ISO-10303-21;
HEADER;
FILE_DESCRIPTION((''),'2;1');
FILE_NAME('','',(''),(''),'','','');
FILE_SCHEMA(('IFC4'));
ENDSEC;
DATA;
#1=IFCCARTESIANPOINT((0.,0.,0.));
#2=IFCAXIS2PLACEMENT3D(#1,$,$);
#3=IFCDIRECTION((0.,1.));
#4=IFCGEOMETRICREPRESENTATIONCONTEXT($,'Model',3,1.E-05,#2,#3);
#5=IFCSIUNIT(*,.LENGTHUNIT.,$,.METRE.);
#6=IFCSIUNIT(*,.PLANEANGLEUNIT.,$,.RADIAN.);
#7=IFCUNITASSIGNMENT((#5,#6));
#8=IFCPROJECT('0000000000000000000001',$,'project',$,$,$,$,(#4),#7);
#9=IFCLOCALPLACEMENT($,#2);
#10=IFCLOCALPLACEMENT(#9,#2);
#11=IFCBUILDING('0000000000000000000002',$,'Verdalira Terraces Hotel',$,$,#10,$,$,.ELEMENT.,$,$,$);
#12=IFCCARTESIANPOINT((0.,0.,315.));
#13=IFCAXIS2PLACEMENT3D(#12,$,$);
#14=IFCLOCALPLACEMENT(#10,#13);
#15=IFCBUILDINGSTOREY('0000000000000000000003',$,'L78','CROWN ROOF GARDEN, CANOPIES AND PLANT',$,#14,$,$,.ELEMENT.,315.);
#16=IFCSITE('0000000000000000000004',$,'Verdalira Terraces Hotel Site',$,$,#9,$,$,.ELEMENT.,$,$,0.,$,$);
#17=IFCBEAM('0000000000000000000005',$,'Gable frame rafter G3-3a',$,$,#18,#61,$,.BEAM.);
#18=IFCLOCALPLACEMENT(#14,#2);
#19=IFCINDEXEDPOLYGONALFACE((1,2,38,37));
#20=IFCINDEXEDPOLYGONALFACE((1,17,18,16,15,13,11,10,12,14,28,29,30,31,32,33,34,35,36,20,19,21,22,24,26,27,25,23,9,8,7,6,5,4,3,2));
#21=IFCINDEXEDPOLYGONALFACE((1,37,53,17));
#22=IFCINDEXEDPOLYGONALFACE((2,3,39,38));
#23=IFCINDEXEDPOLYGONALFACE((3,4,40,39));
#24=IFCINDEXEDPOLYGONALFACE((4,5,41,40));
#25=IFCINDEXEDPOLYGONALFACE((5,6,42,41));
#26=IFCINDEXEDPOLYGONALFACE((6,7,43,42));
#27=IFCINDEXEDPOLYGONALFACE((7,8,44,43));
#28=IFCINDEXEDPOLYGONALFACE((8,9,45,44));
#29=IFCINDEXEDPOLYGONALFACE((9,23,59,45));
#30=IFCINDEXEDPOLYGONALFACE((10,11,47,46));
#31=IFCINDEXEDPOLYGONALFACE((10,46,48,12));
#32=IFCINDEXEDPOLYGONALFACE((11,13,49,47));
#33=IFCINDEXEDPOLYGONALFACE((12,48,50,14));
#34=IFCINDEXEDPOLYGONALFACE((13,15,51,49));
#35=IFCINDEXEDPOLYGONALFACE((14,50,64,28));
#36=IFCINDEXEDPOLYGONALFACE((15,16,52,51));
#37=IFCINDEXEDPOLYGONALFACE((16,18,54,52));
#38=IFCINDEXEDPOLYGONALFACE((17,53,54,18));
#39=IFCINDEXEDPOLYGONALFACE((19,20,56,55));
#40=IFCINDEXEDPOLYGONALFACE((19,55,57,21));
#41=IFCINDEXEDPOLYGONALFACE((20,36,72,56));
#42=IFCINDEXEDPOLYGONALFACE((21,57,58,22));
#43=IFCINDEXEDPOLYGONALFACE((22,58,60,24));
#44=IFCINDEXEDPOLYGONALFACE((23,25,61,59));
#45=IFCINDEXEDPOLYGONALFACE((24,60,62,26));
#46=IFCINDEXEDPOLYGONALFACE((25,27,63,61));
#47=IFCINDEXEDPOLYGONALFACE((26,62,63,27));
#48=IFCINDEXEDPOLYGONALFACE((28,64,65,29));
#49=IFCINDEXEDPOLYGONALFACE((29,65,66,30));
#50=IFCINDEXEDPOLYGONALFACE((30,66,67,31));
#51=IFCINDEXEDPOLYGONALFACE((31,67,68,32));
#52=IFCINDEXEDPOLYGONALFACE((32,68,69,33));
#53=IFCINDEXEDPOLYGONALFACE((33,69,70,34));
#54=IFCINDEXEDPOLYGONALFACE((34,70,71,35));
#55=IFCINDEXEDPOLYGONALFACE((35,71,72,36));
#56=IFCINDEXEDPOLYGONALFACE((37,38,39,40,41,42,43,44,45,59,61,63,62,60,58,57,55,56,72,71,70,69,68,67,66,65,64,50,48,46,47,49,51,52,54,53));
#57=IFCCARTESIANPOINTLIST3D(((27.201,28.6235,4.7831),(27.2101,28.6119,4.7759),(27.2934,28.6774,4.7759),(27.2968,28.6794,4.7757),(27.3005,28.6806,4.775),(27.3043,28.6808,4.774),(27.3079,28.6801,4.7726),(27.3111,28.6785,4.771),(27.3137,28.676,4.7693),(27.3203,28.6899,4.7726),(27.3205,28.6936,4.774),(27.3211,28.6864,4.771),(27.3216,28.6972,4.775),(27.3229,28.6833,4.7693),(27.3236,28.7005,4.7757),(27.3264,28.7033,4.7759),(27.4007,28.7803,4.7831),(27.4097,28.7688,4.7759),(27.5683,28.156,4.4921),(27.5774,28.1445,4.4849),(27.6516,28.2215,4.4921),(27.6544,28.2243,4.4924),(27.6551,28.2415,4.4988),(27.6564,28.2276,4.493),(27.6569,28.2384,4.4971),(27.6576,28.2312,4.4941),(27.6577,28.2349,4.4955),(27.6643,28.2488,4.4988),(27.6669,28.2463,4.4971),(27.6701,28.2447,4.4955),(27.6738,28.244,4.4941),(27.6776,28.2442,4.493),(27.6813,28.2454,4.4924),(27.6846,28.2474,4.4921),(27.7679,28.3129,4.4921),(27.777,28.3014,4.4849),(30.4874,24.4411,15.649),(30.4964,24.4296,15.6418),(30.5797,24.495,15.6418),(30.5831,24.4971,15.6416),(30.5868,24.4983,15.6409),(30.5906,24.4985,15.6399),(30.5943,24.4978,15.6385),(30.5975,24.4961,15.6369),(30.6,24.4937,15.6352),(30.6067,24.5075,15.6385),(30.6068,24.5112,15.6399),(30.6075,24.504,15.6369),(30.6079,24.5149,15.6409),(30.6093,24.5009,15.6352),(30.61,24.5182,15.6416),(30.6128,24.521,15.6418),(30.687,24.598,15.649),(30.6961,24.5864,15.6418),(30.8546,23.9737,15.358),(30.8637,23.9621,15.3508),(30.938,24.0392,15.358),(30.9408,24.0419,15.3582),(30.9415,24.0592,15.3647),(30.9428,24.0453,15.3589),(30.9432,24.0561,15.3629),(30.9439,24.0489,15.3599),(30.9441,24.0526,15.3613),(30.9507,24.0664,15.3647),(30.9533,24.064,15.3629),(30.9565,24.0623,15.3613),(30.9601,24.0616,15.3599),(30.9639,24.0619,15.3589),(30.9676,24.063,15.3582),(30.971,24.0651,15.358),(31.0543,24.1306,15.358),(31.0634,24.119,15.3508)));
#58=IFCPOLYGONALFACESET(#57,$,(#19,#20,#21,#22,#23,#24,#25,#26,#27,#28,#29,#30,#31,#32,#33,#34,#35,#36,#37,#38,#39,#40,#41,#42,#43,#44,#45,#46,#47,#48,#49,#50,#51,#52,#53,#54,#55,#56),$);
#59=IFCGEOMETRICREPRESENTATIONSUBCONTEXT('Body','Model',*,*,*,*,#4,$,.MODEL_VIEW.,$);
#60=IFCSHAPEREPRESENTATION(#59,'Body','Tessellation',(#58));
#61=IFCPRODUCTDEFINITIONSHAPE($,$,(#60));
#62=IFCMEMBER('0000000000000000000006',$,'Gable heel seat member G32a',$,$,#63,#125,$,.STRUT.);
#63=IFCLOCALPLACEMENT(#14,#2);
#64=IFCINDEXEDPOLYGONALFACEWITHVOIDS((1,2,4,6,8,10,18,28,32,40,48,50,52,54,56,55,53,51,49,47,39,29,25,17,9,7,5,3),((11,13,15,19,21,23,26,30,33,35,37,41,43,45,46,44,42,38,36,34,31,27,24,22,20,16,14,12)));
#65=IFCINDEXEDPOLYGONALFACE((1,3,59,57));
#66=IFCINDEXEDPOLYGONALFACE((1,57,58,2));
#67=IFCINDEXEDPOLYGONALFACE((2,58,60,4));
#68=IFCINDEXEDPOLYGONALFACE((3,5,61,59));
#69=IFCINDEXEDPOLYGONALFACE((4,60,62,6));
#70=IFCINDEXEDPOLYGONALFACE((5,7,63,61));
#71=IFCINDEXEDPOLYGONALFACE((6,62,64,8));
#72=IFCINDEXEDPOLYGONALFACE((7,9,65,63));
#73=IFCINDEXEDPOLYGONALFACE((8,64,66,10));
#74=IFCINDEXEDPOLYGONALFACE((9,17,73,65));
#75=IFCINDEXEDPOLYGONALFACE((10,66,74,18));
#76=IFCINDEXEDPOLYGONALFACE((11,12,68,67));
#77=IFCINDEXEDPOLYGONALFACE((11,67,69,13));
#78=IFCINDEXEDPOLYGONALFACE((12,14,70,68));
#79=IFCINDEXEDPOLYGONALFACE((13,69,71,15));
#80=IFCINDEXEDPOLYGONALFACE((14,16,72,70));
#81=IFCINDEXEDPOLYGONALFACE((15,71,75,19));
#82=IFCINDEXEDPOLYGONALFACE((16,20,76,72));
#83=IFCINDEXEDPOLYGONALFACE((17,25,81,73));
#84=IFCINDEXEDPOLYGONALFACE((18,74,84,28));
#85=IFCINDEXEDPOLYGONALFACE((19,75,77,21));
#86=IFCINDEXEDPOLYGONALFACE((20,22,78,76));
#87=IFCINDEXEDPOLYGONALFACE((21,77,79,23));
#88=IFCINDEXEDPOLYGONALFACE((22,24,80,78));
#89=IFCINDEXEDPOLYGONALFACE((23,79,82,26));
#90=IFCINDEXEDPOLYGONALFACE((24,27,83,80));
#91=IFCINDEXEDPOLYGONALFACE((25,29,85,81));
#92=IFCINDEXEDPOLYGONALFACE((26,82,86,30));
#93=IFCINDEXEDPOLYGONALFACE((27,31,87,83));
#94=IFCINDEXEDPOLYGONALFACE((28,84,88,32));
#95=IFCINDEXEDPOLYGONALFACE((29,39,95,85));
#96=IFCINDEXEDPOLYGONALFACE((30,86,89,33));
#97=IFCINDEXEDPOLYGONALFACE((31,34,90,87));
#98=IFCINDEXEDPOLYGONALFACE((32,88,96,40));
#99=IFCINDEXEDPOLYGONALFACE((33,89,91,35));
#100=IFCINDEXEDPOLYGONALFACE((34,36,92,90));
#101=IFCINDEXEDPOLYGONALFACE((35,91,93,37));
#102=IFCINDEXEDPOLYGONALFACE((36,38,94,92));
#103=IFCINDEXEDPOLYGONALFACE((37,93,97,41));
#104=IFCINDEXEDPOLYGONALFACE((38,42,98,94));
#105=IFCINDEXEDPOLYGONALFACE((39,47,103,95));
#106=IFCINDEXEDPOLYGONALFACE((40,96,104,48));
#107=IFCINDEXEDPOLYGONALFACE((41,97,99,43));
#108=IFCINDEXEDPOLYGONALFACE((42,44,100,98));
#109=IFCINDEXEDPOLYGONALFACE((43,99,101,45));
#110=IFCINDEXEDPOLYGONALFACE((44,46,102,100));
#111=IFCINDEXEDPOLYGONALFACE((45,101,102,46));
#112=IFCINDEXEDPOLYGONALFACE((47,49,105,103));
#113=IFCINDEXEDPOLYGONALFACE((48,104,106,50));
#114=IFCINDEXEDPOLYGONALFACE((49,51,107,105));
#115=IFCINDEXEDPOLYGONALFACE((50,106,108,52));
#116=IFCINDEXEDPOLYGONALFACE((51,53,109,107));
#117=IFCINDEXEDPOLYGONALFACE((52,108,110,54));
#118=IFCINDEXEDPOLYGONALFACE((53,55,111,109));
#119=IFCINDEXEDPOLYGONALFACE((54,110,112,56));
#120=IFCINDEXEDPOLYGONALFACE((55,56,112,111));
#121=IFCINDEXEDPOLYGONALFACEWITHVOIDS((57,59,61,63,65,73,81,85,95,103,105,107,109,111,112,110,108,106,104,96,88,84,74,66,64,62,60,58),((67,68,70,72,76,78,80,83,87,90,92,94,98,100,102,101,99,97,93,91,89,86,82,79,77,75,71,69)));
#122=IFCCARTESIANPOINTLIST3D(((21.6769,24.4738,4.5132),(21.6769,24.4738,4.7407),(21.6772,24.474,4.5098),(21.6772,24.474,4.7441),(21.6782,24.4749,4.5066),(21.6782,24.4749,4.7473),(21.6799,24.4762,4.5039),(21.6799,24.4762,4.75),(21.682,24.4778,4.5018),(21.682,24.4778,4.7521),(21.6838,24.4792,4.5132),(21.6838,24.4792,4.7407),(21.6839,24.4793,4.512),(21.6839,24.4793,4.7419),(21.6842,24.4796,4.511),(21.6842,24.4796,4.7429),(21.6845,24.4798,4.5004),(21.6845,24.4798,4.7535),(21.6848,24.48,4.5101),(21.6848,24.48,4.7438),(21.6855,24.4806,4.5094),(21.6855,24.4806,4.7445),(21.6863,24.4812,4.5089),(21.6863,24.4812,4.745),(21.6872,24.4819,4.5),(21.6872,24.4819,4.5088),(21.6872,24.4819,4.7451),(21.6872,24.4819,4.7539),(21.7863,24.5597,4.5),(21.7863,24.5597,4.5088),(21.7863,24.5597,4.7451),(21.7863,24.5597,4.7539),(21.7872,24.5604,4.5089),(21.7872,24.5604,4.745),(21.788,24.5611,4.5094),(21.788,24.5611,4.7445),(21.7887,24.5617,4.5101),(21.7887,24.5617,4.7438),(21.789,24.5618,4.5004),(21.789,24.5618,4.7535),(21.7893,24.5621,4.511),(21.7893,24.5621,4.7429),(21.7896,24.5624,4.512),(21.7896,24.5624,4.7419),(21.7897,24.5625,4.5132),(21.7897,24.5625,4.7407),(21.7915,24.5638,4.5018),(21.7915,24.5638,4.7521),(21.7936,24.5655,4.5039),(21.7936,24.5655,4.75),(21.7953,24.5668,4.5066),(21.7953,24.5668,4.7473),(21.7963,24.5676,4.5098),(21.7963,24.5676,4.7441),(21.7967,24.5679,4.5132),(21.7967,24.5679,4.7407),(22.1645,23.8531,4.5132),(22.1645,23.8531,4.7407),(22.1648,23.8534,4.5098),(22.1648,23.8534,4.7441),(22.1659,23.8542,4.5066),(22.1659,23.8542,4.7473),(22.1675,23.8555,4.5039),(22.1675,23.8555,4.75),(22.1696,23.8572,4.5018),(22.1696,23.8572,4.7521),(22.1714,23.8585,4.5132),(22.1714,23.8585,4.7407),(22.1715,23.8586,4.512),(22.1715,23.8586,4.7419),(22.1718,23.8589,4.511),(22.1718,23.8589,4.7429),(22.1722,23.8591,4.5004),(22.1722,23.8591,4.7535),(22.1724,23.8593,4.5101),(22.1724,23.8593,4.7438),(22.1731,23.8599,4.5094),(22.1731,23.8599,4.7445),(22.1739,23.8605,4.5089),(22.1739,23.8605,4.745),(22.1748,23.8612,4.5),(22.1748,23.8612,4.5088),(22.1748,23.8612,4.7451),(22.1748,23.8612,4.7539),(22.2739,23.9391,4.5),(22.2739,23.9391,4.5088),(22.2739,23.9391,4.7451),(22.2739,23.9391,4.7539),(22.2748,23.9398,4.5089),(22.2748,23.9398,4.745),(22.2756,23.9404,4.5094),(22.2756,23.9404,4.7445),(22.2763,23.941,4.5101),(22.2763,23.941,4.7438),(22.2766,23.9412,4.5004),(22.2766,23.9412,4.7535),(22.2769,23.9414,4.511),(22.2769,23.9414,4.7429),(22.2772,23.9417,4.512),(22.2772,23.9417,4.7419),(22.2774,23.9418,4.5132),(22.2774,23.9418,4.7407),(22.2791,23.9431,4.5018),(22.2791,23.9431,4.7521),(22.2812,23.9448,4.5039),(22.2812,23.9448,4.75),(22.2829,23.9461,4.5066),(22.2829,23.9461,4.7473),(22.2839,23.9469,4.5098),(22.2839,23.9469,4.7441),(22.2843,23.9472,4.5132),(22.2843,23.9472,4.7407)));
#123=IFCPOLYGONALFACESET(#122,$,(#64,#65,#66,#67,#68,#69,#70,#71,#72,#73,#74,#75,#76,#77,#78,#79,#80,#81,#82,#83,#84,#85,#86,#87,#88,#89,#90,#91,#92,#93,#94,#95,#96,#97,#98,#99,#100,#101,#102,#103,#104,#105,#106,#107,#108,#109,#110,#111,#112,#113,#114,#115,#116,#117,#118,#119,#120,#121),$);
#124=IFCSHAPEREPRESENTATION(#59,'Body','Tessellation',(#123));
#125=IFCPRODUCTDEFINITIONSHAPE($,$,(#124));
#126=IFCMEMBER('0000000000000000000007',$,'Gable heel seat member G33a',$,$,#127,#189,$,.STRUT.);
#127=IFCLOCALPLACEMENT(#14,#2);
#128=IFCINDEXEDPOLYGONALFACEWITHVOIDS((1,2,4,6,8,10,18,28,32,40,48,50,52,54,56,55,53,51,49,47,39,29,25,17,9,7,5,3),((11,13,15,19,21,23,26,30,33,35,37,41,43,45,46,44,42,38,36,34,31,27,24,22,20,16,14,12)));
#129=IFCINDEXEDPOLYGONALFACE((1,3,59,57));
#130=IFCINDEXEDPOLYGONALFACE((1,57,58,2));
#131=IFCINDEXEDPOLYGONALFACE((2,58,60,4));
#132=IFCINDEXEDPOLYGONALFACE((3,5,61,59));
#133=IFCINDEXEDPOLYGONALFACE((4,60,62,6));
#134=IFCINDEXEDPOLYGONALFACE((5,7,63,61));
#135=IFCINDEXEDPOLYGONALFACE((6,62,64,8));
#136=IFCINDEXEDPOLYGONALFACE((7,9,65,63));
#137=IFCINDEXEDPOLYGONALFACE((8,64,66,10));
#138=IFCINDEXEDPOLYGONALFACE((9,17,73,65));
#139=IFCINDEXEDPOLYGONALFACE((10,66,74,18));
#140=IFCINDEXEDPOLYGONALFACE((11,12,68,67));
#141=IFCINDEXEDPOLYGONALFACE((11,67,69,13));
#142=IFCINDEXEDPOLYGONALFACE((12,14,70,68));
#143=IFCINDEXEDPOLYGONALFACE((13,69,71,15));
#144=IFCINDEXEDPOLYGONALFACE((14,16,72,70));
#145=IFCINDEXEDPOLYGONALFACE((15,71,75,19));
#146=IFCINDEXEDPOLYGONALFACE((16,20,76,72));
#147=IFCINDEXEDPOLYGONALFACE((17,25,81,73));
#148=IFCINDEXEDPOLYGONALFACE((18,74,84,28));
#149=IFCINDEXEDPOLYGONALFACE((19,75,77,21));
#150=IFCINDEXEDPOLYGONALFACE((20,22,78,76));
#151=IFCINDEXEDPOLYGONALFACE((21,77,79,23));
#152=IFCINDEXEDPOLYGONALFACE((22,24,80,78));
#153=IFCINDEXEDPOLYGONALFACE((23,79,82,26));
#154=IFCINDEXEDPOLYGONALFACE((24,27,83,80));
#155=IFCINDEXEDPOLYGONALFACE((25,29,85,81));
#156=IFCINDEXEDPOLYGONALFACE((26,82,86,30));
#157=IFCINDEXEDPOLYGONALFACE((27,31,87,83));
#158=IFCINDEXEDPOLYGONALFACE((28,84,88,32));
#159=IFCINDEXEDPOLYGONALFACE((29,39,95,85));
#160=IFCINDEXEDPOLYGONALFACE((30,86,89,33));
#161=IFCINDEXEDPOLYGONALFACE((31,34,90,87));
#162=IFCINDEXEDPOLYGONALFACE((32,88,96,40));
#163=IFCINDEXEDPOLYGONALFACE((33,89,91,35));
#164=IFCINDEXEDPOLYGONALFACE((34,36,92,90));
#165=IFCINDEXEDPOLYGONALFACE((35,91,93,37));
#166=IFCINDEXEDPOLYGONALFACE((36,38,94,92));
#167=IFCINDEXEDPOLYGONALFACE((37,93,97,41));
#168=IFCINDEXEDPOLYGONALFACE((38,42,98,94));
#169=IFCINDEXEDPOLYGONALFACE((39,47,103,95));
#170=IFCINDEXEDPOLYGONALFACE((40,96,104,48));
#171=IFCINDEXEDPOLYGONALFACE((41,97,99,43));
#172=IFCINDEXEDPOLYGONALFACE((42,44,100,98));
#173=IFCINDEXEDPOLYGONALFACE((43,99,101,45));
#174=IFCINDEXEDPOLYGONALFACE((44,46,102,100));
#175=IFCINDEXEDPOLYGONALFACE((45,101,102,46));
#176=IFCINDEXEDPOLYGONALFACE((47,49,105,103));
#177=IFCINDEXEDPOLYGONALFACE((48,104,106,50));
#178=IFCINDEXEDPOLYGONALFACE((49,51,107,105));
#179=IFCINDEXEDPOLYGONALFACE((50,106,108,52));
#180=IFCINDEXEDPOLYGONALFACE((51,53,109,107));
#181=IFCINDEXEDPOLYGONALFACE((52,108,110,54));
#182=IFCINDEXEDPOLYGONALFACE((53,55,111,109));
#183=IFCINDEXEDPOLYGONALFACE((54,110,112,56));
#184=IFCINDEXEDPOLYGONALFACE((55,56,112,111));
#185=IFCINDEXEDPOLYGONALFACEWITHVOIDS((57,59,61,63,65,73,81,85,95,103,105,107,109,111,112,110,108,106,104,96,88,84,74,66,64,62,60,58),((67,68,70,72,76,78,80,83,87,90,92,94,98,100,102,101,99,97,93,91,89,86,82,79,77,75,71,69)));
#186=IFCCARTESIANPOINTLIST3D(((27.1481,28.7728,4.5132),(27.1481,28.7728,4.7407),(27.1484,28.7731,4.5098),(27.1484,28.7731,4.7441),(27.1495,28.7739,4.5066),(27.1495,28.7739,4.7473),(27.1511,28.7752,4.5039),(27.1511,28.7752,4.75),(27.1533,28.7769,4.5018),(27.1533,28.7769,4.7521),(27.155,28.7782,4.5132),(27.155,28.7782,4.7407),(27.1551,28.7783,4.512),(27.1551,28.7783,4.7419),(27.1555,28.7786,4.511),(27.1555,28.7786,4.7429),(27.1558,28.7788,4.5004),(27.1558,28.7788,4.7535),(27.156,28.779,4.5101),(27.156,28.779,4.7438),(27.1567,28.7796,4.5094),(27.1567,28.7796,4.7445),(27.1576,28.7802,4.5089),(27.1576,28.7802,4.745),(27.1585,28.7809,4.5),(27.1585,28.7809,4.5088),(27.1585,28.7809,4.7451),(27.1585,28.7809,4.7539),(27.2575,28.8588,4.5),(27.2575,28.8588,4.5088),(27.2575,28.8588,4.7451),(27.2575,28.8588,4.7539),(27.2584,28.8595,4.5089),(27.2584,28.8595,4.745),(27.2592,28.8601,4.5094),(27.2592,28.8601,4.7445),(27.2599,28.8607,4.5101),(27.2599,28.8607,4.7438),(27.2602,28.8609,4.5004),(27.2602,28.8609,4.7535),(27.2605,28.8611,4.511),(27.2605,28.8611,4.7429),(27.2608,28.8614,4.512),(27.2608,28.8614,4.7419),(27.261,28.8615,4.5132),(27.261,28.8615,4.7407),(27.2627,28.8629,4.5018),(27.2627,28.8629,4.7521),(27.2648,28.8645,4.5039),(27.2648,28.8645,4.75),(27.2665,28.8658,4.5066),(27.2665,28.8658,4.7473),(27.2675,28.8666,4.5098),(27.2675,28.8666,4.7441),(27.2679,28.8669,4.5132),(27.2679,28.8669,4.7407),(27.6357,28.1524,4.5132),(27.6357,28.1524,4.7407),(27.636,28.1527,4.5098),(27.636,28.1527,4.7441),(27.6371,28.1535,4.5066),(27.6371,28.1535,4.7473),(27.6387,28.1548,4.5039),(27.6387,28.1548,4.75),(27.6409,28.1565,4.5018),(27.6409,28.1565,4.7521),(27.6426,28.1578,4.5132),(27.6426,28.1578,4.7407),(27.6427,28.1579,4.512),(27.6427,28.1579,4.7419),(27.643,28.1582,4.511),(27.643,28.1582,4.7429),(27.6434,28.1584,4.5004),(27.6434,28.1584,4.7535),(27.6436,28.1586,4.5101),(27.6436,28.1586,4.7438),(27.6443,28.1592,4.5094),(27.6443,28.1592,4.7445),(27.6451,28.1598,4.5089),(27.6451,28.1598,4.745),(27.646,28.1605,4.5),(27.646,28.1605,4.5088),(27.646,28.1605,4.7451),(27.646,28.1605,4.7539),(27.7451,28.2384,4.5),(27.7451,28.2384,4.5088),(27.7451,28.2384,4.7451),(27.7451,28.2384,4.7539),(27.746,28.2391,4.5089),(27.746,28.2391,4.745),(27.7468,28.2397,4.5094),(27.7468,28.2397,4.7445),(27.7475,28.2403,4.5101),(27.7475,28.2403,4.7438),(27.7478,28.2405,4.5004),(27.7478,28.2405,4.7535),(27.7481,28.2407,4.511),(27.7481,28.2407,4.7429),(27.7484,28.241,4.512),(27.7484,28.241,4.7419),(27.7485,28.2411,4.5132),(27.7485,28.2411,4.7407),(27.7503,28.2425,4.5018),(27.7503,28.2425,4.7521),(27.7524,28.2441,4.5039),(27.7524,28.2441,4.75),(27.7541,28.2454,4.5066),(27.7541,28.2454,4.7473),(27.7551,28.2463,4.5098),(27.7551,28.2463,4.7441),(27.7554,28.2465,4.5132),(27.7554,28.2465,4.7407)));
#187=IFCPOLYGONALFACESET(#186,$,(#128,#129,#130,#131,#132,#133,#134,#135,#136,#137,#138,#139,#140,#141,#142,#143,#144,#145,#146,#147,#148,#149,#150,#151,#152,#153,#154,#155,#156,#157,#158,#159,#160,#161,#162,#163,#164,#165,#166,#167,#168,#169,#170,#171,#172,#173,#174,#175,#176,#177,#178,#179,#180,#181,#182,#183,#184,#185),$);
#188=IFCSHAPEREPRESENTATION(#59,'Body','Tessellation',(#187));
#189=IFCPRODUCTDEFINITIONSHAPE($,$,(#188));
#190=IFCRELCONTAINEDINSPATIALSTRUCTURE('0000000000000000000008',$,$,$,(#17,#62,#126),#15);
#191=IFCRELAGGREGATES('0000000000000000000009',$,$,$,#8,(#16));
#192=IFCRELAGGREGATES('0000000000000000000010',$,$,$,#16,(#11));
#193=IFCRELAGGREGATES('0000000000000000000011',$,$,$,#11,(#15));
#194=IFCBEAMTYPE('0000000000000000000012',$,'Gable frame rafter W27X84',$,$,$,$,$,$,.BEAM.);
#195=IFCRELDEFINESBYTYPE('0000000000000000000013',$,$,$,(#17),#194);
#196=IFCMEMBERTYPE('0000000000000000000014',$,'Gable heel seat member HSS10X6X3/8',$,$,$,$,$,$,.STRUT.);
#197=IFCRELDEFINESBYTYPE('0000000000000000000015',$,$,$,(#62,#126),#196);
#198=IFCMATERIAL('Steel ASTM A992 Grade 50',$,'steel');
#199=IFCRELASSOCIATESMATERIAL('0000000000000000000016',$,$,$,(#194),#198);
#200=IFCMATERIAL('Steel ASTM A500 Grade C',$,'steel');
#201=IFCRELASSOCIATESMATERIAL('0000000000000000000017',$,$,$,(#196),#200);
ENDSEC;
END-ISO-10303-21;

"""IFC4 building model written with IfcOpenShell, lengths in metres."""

from ifc_helpers import new_model, si_unit, direction, frame, origin, origin_2d, place, context, subcontext, project, spatial, hollow_rectangle, i_section, extrude, material, material_profile, profile_set, type_object, element, save


model = new_model("IFC4")

# Units and contexts
model_context = context("Model", 3, precision=1e-05, world=origin(), true_north=direction((0.0, 1.0)))
body_context = subcontext(model_context, "Body", "Model", "MODEL_VIEW")
ifc_project = project(units=[si_unit("LENGTHUNIT", "METRE"), si_unit("PLANEANGLEUNIT", "RADIAN")], contexts=[model_context])

# Site, building, storey
site_placement = place(None, origin())
site = spatial("IfcSite", under=ifc_project, at=site_placement, Name="Verdalira Terraces Hotel Site", CompositionType="ELEMENT", RefElevation=0.0)
building_placement = place(site_placement, origin())
building = spatial("IfcBuilding", under=site, at=building_placement, Name="Verdalira Terraces Hotel", CompositionType="ELEMENT")
storey_placement = place(building_placement, frame((0.0, 0.0, 315.0)))
storey = spatial("IfcBuildingStorey", under=building, at=storey_placement, Name="L78", Description="CROWN ROOF GARDEN, CANOPIES AND PLANT", CompositionType="ELEMENT", Elevation=315.0)

# Beam
ifc_material_1 = material(Name="Steel ASTM A992 Grade 50", Category="steel")
ifc_material_profile_1 = material_profile(ifc_material_1, i_section(OverallWidth=0.2539, OverallDepth=0.6782, WebThickness=0.0117, FlangeThickness=0.0164, FilletRadius=0.0151, at=origin_2d()), Name="W27X84")
ifc_profile_set_1 = profile_set([ifc_material_profile_1], Name="Steel ASTM A992 Grade 50")
beam_type_1 = type_object("IfcBeamType", Name="Gable frame rafter W27X84", PredefinedType="BEAM", material=ifc_profile_set_1)
beam_1_placement = place(storey_placement, frame((27.489, 28.4624, 4.634), z_axis=(0.271646, -0.345708, 0.898162), x_axis=(0.786298, 0.617848, 0.0)))
element("IfcBeam", 1, at=beam_1_placement, inside=storey, type_object=beam_type_1, Name="Gable frame rafter G3-3a", PredefinedType="BEAM", context=body_context, shape_type="SweptSolid", body=[
    extrude(i_section(OverallWidth=0.2539, OverallDepth=0.6782, WebThickness=0.0117, FlangeThickness=0.0164, FilletRadius=0.0151, at=origin_2d()), origin(), (0.0, 0.0, 1.0), 12.0979),
])

# Members
ifc_material_2 = material(Name="Steel ASTM A500 Grade C", Category="steel")
ifc_material_profile_2 = material_profile(ifc_material_2, hollow_rectangle(XDim=0.1523, YDim=0.2539, WallThickness=0.0088, InnerFilletRadius=0.0044, OuterFilletRadius=0.0132, at=origin_2d()), Name="HSS10X6X3/8")
ifc_profile_set_2 = profile_set([ifc_material_profile_2], Name="Steel ASTM A500 Grade C")
member_type_1 = type_object("IfcMemberType", Name="Gable heel seat member HSS10X6X3/8", PredefinedType="STRUT", material=ifc_profile_set_2)
member_1_placement = place(storey_placement, frame((22.2244, 23.9001, 4.627), z_axis=(-0.617767, 0.786361, 0.0), x_axis=(-0.786361, -0.617767, 0.0)))
element("IfcMember", 2, at=member_1_placement, inside=storey, type_object=member_type_1, Name="Gable heel seat member G32a", PredefinedType="STRUT", context=body_context, shape_type="SweptSolid", body=[
    extrude(hollow_rectangle(XDim=0.1523, YDim=0.2539, WallThickness=0.0088, InnerFilletRadius=0.0044, OuterFilletRadius=0.0132, at=origin_2d()), origin(), (0.0, 0.0, 1.0), 0.7893),
])
member_2_placement = place(storey_placement, frame((27.6956, 28.1995, 4.627), z_axis=(-0.617917, 0.786243, 0.0), x_axis=(-0.786243, -0.617917, 0.0)))
element("IfcMember", 3, at=member_2_placement, inside=storey, type_object=member_type_1, Name="Gable heel seat member G33a", PredefinedType="STRUT", context=body_context, shape_type="SweptSolid", body=[
    extrude(hollow_rectangle(XDim=0.1523, YDim=0.2539, WallThickness=0.0088, InnerFilletRadius=0.0044, OuterFilletRadius=0.0132, at=origin_2d()), origin(), (0.0, 0.0, 1.0), 0.7891),
])

save(model, "model.ifc")
